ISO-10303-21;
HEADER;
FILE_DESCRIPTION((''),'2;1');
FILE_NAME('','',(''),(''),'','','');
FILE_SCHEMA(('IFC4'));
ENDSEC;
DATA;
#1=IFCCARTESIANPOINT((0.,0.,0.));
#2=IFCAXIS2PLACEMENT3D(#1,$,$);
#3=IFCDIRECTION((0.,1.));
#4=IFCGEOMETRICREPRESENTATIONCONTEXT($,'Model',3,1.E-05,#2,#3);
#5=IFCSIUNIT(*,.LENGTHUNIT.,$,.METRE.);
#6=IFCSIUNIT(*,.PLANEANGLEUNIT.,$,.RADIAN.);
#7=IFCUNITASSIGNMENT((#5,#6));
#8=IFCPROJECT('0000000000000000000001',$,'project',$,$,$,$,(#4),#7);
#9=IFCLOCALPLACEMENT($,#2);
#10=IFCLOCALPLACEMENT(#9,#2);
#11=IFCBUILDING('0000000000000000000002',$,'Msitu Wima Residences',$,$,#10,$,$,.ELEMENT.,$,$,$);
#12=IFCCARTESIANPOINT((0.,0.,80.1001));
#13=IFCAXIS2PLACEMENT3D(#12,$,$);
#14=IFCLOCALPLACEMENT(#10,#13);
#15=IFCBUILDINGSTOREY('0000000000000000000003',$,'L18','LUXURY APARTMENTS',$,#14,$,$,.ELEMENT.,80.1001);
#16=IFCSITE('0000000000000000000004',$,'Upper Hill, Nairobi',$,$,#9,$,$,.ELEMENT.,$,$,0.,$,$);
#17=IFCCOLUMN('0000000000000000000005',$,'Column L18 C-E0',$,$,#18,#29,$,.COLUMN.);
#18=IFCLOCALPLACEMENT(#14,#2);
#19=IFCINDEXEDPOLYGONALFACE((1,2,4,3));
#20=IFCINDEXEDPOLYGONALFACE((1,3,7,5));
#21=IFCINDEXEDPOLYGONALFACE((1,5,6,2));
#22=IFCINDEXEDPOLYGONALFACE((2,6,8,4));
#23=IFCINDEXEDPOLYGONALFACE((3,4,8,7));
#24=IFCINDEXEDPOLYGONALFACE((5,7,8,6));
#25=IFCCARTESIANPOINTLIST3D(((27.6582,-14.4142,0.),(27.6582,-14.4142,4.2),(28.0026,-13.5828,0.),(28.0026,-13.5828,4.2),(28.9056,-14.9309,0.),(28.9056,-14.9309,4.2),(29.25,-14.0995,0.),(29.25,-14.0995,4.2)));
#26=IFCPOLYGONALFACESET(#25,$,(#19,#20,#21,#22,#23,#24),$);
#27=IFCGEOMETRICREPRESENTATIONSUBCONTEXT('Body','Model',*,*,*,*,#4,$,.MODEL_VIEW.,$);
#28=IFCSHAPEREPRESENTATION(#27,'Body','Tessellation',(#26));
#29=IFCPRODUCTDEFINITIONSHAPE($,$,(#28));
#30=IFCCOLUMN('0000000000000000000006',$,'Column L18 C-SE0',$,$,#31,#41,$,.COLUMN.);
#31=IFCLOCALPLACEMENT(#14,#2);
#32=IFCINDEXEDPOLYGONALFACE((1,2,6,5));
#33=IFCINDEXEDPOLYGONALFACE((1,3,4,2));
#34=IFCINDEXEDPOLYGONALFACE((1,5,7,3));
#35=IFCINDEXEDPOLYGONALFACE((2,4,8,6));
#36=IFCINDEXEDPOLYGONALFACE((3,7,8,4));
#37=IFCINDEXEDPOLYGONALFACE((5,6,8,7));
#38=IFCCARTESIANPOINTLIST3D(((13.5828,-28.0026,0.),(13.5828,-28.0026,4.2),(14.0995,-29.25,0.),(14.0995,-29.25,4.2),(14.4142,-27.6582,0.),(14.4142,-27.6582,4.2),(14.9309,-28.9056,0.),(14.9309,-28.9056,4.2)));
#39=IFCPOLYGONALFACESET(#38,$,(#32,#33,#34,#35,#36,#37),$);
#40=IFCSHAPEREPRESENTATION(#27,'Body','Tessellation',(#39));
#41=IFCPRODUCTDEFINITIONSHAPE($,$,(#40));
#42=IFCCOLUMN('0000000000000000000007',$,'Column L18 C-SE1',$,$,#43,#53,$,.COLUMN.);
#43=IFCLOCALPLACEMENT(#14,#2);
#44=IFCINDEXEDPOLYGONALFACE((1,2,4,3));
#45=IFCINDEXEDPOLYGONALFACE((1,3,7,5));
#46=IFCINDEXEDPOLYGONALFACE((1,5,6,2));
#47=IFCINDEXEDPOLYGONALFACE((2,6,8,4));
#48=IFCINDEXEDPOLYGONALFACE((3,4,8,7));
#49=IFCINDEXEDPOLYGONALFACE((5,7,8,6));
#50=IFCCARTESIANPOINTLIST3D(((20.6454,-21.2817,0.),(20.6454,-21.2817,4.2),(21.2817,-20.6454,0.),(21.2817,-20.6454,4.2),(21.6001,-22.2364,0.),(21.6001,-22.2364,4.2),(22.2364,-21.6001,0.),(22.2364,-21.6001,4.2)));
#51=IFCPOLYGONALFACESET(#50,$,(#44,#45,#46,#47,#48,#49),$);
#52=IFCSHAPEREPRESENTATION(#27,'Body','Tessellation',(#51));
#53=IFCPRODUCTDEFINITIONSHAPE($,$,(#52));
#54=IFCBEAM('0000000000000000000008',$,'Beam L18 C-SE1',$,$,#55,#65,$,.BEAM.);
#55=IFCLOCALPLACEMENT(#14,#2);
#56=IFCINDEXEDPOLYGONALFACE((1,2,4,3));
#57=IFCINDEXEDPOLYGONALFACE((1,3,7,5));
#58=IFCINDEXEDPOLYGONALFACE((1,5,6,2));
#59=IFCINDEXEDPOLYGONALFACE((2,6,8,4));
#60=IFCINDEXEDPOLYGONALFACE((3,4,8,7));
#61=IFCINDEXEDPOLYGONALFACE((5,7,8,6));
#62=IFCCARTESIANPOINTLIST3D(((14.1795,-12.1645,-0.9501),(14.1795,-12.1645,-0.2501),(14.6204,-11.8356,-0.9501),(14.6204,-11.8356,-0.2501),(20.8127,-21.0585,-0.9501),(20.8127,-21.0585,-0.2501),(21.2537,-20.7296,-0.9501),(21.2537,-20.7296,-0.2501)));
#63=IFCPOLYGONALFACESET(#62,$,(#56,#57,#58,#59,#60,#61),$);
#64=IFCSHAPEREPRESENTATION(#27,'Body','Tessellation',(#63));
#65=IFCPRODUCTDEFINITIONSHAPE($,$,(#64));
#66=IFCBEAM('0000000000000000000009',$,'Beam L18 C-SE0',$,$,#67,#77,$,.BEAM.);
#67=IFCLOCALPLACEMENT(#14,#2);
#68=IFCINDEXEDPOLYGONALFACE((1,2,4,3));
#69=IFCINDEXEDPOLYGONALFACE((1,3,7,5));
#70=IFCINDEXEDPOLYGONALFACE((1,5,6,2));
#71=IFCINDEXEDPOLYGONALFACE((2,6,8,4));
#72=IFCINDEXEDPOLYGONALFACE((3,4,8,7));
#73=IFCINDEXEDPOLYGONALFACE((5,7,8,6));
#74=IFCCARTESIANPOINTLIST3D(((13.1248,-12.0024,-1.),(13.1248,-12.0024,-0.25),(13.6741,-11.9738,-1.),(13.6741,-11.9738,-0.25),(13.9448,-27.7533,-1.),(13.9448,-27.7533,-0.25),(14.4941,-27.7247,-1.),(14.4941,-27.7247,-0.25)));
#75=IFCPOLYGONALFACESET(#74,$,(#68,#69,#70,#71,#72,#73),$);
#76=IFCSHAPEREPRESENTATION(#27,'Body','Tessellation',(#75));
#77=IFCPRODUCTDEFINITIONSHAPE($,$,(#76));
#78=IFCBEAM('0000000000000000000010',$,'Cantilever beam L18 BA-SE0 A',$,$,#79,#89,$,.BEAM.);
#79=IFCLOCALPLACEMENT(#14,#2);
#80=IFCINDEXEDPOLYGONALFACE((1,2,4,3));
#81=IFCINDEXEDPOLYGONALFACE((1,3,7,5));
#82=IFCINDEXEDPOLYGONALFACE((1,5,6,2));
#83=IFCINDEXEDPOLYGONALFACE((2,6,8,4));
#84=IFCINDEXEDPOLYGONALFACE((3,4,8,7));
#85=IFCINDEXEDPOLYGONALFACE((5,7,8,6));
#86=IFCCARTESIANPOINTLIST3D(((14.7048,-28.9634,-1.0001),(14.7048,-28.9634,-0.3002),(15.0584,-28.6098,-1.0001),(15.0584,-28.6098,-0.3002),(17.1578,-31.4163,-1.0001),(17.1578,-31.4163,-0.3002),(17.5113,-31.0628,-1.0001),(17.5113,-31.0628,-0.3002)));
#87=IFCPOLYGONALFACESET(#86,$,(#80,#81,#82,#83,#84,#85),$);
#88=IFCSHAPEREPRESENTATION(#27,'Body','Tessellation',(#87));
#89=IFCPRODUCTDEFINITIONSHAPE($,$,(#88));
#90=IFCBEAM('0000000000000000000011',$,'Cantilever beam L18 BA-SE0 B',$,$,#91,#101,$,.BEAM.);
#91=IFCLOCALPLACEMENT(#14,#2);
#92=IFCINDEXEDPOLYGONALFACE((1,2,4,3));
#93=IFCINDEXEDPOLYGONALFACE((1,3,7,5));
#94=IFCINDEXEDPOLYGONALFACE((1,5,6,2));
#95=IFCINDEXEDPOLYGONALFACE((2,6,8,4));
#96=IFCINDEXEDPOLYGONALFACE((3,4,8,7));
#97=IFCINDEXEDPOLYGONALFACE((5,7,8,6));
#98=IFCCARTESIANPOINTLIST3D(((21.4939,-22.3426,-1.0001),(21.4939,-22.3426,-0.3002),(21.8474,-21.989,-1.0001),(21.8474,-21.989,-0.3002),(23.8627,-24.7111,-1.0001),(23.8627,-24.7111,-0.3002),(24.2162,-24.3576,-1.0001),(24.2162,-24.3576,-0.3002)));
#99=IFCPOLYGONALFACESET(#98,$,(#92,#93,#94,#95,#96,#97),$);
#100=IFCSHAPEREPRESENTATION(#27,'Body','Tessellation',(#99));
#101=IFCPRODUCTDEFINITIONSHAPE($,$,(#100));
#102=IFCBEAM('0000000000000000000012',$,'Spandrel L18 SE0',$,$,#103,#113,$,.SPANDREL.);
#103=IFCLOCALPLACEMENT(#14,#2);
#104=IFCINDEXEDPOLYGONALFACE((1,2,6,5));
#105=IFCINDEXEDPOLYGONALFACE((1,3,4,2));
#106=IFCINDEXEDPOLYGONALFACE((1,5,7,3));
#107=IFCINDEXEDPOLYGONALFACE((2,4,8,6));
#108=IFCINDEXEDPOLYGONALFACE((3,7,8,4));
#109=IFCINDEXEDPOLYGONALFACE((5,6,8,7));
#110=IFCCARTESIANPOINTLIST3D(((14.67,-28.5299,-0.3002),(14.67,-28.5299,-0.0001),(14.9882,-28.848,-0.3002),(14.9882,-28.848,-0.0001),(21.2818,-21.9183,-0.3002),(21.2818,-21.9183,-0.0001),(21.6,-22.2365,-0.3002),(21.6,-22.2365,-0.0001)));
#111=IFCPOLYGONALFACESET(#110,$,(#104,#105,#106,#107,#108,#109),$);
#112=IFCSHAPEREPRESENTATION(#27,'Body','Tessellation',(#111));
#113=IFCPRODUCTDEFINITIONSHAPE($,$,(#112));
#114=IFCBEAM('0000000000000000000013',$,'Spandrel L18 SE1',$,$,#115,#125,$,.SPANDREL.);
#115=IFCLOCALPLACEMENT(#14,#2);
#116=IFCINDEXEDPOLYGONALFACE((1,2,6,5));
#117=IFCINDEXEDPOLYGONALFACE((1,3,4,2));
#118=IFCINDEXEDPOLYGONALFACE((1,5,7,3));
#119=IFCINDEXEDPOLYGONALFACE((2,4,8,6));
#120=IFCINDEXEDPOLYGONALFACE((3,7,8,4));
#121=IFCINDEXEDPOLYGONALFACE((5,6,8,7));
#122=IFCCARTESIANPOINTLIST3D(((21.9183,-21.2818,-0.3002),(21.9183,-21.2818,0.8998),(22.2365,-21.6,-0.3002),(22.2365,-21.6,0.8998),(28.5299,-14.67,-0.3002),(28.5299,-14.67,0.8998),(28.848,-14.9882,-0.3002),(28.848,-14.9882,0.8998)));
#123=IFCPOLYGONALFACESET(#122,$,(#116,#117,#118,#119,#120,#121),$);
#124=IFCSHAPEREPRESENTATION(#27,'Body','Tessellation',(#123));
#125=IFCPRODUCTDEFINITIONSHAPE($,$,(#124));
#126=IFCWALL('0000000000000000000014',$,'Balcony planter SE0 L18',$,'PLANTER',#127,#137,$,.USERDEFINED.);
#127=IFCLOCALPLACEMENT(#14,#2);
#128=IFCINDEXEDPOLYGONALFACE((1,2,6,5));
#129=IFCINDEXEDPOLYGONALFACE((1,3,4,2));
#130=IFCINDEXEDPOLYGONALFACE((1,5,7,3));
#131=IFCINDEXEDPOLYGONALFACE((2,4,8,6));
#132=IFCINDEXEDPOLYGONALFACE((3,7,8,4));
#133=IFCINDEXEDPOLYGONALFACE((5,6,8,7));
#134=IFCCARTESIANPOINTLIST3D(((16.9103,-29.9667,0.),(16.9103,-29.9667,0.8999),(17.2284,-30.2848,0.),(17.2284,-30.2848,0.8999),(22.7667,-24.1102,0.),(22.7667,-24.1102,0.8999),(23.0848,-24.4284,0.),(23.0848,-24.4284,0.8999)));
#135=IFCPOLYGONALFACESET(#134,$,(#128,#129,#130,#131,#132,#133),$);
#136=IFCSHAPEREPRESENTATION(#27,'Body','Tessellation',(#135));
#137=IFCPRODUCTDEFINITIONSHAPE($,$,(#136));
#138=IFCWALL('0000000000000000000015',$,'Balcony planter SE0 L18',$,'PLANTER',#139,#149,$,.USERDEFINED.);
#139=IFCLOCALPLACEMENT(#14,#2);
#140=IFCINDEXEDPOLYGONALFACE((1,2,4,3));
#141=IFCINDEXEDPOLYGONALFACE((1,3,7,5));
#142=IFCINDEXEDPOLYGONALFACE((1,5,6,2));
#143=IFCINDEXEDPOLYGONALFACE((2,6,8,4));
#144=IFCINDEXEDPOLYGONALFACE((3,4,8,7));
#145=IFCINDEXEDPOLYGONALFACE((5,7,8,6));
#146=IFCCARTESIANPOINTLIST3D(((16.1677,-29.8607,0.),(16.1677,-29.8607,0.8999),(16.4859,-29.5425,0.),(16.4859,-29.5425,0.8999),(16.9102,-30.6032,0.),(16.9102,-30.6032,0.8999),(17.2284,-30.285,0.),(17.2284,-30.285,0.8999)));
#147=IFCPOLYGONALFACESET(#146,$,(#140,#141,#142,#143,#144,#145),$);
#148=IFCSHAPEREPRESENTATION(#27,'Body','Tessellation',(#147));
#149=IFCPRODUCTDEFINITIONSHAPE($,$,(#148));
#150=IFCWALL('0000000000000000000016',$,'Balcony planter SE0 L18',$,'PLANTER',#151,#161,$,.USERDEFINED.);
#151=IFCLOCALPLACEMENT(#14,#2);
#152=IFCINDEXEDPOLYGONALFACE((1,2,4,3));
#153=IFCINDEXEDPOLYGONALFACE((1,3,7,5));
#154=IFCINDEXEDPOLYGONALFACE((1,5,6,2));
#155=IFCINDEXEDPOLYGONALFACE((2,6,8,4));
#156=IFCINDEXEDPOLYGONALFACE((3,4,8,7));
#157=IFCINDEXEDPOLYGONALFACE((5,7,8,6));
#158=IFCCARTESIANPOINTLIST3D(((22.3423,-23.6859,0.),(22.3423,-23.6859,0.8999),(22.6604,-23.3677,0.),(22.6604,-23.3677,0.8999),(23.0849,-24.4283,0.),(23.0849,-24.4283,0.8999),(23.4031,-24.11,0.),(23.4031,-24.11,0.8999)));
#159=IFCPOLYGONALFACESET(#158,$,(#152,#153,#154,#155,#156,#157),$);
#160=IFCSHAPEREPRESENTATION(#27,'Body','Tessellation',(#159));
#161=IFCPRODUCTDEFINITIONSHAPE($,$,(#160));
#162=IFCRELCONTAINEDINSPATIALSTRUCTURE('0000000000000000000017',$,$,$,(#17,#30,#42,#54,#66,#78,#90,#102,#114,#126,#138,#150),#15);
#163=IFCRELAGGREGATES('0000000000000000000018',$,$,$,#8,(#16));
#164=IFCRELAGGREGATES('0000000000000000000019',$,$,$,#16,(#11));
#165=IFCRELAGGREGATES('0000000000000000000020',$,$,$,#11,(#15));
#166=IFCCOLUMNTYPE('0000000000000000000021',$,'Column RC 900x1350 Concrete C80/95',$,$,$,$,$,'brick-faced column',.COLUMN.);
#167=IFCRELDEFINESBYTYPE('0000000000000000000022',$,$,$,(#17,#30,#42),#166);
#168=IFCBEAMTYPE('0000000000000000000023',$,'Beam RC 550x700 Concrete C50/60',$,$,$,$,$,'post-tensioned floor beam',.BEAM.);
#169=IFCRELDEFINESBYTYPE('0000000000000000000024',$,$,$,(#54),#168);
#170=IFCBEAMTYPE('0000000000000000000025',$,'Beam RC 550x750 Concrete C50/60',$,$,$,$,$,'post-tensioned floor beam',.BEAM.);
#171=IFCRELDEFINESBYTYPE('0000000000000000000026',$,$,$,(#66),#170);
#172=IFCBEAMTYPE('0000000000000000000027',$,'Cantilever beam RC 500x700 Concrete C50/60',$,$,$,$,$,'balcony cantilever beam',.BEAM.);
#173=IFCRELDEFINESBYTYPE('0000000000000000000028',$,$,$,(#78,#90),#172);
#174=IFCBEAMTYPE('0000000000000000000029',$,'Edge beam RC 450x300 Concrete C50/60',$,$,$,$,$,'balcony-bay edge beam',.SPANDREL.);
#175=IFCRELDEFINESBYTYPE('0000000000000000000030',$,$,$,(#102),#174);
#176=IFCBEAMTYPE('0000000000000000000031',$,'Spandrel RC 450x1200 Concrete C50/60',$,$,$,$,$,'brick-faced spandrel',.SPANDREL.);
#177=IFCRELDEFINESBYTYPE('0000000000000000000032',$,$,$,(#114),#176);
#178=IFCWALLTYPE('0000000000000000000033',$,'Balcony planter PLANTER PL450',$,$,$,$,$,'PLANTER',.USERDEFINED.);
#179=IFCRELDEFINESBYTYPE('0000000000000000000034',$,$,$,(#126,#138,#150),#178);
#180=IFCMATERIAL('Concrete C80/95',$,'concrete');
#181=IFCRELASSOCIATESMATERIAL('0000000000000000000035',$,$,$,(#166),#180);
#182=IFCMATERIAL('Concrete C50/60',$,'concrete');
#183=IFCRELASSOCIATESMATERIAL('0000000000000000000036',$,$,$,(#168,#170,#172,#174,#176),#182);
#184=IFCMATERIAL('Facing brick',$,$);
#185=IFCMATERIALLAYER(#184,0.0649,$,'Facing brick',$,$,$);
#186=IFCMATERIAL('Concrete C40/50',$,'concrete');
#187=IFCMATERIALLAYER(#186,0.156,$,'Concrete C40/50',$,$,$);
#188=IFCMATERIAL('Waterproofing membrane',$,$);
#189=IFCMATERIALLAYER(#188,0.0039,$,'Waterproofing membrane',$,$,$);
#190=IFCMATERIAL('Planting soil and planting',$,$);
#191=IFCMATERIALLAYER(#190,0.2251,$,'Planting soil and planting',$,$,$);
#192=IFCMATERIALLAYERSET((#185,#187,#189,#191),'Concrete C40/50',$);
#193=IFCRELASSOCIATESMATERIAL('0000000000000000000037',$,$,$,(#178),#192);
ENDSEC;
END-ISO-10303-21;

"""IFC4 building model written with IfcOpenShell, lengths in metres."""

from ifc_helpers import new_model, si_unit, direction, frame, frame_2d, origin, origin_2d, place, context, subcontext, project, spatial, rectangle, extrude, material, layer, layer_set, material_profile, profile_set, type_object, element, save


model = new_model("IFC4")

# Units and contexts
model_context = context("Model", 3, precision=1e-05, world=origin(), true_north=direction((0.0, 1.0)))
body_context = subcontext(model_context, "Body", "Model", "MODEL_VIEW")
ifc_project = project(units=[si_unit("LENGTHUNIT", "METRE"), si_unit("PLANEANGLEUNIT", "RADIAN")], contexts=[model_context])

# Site, building, storey
site_placement = place(None, origin())
site = spatial("IfcSite", under=ifc_project, at=site_placement, Name="Upper Hill, Nairobi", CompositionType="ELEMENT", RefElevation=0.0)
building_placement = place(site_placement, origin())
building = spatial("IfcBuilding", under=site, at=building_placement, Name="Msitu Wima Residences", CompositionType="ELEMENT")
storey_placement = place(building_placement, frame((0.0, 0.0, 80.1001)))
storey = spatial("IfcBuildingStorey", under=building, at=storey_placement, Name="L18", Description="LUXURY APARTMENTS", CompositionType="ELEMENT", Elevation=80.1001)

# Columns
ifc_material_1 = material(Name="Concrete C80/95", Category="concrete")
ifc_material_profile_1 = material_profile(ifc_material_1, rectangle(XDim=0.8999, YDim=1.3501, at=origin_2d()), Name="RC 900x1350")
ifc_profile_set_1 = profile_set([ifc_material_profile_1], Name="Concrete C80/95")
column_type = type_object("IfcColumnType", Name="Column RC 900x1350 Concrete C80/95", ElementType="brick-faced column", PredefinedType="COLUMN", material=ifc_profile_set_1)
for number, where, z_axis, x_axis, name in (
    (1, (28.4541, -14.2568, 0.0), (0.0, 0.0, 1.0), (0.382683, 0.92388, 0.0), "Column L18 C-E0"),
    (2, (14.2568, -28.4541, 0.0), (0.0, 0.0, 1.0), (0.92388, 0.382683, 0.0), "Column L18 C-SE0"),
    (3, (21.4409, -21.4409, 0.0), (0.0, 0.0, 1.0), (0.707107, 0.707107, 0.0), "Column L18 C-SE1"),
):
    element("IfcColumn", number, at=place(storey_placement, frame(where, z_axis=z_axis, x_axis=x_axis)), inside=storey, type_object=column_type, Name=name, PredefinedType="COLUMN", context=body_context, shape_type="SweptSolid", body=[
        extrude(rectangle(XDim=0.8999, YDim=1.3501, at=origin_2d()), origin(), (0.0, 0.0, 1.0), 4.2),
    ])

# Beams
ifc_material_2 = material(Name="Concrete C50/60", Category="concrete")
ifc_material_profile_2 = material_profile(ifc_material_2, rectangle(XDim=0.55, YDim=0.7, at=origin_2d()), Name="RC 550x700")
ifc_profile_set_2 = profile_set([ifc_material_profile_2], Name="Concrete C50/60")
beam_type_1 = type_object("IfcBeamType", Name="Beam RC 550x700 Concrete C50/60", ElementType="post-tensioned floor beam", PredefinedType="BEAM", material=ifc_profile_set_2)
beam_1_placement = place(storey_placement, frame((21.0332, -20.894, -0.6001), z_axis=(-0.59785, 0.801608, 0.0), x_axis=(-0.801608, -0.59785, 0.0)))
element("IfcBeam", 4, at=beam_1_placement, inside=storey, type_object=beam_type_1, Name="Beam L18 C-SE1", PredefinedType="BEAM", context=body_context, shape_type="SweptSolid", body=[
    extrude(rectangle(XDim=0.55, YDim=0.7, at=origin_2d()), origin(), (0.0, 0.0, 1.0), 11.0952),
])
ifc_material_profile_3 = material_profile(ifc_material_2, rectangle(XDim=0.55, YDim=0.75, at=origin_2d()), Name="RC 550x750")
ifc_profile_set_3 = profile_set([ifc_material_profile_3], Name="Concrete C50/60")
beam_type_2 = type_object("IfcBeamType", Name="Beam RC 550x750 Concrete C50/60", ElementType="post-tensioned floor beam", PredefinedType="BEAM", material=ifc_profile_set_3)
beam_2_placement = place(storey_placement, frame((14.2195, -27.739, -0.625), z_axis=(-0.051994, 0.998647, 0.0), x_axis=(-0.998647, -0.051994, 0.0)))
element("IfcBeam", 5, at=beam_2_placement, inside=storey, type_object=beam_type_2, Name="Beam L18 C-SE0", PredefinedType="BEAM", context=body_context, shape_type="SweptSolid", body=[
    extrude(rectangle(XDim=0.55, YDim=0.75, at=origin_2d()), origin(), (0.0, 0.0, 1.0), 15.7722),
])
ifc_material_profile_4 = material_profile(ifc_material_2, rectangle(XDim=0.5, YDim=0.7, at=origin_2d()), Name="RC 500x700")
ifc_profile_set_4 = profile_set([ifc_material_profile_4], Name="Concrete C50/60")
beam_type_3 = type_object("IfcBeamType", Name="Cantilever beam RC 500x700 Concrete C50/60", ElementType="balcony cantilever beam", PredefinedType="BEAM", material=ifc_profile_set_4)
beam_3_placement = place(storey_placement, frame((14.8816, -28.7866, -0.6501), z_axis=(0.707107, -0.707107, 0.0), x_axis=(0.707107, 0.707107, 0.0)))
element("IfcBeam", 6, at=beam_3_placement, inside=storey, type_object=beam_type_3, Name="Cantilever beam L18 BA-SE0 A", PredefinedType="BEAM", context=body_context, shape_type="SweptSolid", body=[
    extrude(rectangle(XDim=0.5, YDim=0.7, at=origin_2d()), origin(), (0.0, 0.0, 1.0), 3.469),
])
beam_4_placement = place(storey_placement, frame((21.6707, -22.1658, -0.6501), z_axis=(0.707143, -0.70707, 0.0), x_axis=(0.70707, 0.707143, 0.0)))
element("IfcBeam", 7, at=beam_4_placement, inside=storey, type_object=beam_type_3, Name="Cantilever beam L18 BA-SE0 B", PredefinedType="BEAM", context=body_context, shape_type="SweptSolid", body=[
    extrude(rectangle(XDim=0.5, YDim=0.7, at=origin_2d()), origin(), (0.0, 0.0, 1.0), 3.3499),
])
ifc_material_profile_5 = material_profile(ifc_material_2, rectangle(XDim=0.45, YDim=0.3, at=origin_2d()), Name="RC 450x300")
ifc_profile_set_5 = profile_set([ifc_material_profile_5], Name="Concrete C50/60")
beam_type_4 = type_object("IfcBeamType", Name="Edge beam RC 450x300 Concrete C50/60", ElementType="balcony-bay edge beam", PredefinedType="SPANDREL", material=ifc_profile_set_5)
beam_5_placement = place(storey_placement, frame((14.8291, -28.689, -0.1501), z_axis=(0.70712, 0.707094, 0.0), x_axis=(-0.707094, 0.70712, 0.0)))
element("IfcBeam", 8, at=beam_5_placement, inside=storey, type_object=beam_type_4, Name="Spandrel L18 SE0", PredefinedType="SPANDREL", context=body_context, shape_type="SweptSolid", body=[
    extrude(rectangle(XDim=0.45, YDim=0.3, at=origin_2d()), origin(), (0.0, 0.0, 1.0), 9.3503),
])
ifc_material_profile_6 = material_profile(ifc_material_2, rectangle(XDim=0.45, YDim=1.2, at=origin_2d()), Name="RC 450x1200")
ifc_profile_set_6 = profile_set([ifc_material_profile_6], Name="Concrete C50/60")
beam_type_5 = type_object("IfcBeamType", Name="Spandrel RC 450x1200 Concrete C50/60", ElementType="brick-faced spandrel", PredefinedType="SPANDREL", material=ifc_profile_set_6)
beam_6_placement = place(storey_placement, frame((22.0774, -21.4409, 0.2998), z_axis=(0.707094, 0.70712, 0.0), x_axis=(-0.70712, 0.707094, 0.0)))
element("IfcBeam", 9, at=beam_6_placement, inside=storey, type_object=beam_type_5, Name="Spandrel L18 SE1", PredefinedType="SPANDREL", context=body_context, shape_type="SweptSolid", body=[
    extrude(rectangle(XDim=0.45, YDim=1.2, at=origin_2d()), origin(), (0.0, 0.0, 1.0), 9.3503),
])

# Walls
ifc_material_3 = material(Name="Facing brick")
ifc_layer_1 = layer(ifc_material_3, 0.0649, Name="Facing brick")
ifc_material_4 = material(Name="Concrete C40/50", Category="concrete")
ifc_layer_2 = layer(ifc_material_4, 0.156, Name="Concrete C40/50")
ifc_material_5 = material(Name="Waterproofing membrane")
ifc_layer_3 = layer(ifc_material_5, 0.0039, Name="Waterproofing membrane")
ifc_material_6 = material(Name="Planting soil and planting")
ifc_layer_4 = layer(ifc_material_6, 0.2251, Name="Planting soil and planting")
ifc_layer_set_1 = layer_set([ifc_layer_1, ifc_layer_2, ifc_layer_3, ifc_layer_4], Name="Concrete C40/50")
wall_type_1 = type_object("IfcWallType", Name="Balcony planter PLANTER PL450", ElementType="PLANTER", PredefinedType="USERDEFINED", material=ifc_layer_set_1)
wall_1_placement = place(storey_placement, frame((17.0693, -30.1257, 0.0), z_axis=(0.0, 0.0, 1.0), x_axis=(0.707107, 0.707107, 0.0)))
element("IfcWall", 10, at=wall_1_placement, inside=storey, type_object=wall_type_1, Name="Balcony planter SE0 L18", ObjectType="PLANTER", PredefinedType="USERDEFINED", context=body_context, shape_type="SweptSolid", body=[
    extrude(rectangle(XDim=8.2822, YDim=0.45, at=frame_2d((4.1411, 0.0))), origin(), (0.0, 0.0, 1.0), 0.8999),
])
for number, where, z_axis, x_axis, name in (
    (11, (16.3269, -29.7017, 0.0), (0.0, 0.0, 1.0), (0.707107, -0.707107, 0.0), "Balcony planter SE0 L18"),
    (12, (22.5015, -23.5269, 0.0), (0.0, 0.0, 1.0), (0.707223, -0.706991, 0.0), "Balcony planter SE0 L18"),
):
    element("IfcWall", number, at=place(storey_placement, frame(where, z_axis=z_axis, x_axis=x_axis)), inside=storey, type_object=wall_type_1, Name=name, ObjectType="PLANTER", PredefinedType="USERDEFINED", context=body_context, shape_type="SweptSolid", body=[
        extrude(rectangle(XDim=1.05, YDim=0.45, at=frame_2d((0.5249, 0.0))), origin(), (0.0, 0.0, 1.0), 0.8999),
    ])

save(model, "model.ifc")
